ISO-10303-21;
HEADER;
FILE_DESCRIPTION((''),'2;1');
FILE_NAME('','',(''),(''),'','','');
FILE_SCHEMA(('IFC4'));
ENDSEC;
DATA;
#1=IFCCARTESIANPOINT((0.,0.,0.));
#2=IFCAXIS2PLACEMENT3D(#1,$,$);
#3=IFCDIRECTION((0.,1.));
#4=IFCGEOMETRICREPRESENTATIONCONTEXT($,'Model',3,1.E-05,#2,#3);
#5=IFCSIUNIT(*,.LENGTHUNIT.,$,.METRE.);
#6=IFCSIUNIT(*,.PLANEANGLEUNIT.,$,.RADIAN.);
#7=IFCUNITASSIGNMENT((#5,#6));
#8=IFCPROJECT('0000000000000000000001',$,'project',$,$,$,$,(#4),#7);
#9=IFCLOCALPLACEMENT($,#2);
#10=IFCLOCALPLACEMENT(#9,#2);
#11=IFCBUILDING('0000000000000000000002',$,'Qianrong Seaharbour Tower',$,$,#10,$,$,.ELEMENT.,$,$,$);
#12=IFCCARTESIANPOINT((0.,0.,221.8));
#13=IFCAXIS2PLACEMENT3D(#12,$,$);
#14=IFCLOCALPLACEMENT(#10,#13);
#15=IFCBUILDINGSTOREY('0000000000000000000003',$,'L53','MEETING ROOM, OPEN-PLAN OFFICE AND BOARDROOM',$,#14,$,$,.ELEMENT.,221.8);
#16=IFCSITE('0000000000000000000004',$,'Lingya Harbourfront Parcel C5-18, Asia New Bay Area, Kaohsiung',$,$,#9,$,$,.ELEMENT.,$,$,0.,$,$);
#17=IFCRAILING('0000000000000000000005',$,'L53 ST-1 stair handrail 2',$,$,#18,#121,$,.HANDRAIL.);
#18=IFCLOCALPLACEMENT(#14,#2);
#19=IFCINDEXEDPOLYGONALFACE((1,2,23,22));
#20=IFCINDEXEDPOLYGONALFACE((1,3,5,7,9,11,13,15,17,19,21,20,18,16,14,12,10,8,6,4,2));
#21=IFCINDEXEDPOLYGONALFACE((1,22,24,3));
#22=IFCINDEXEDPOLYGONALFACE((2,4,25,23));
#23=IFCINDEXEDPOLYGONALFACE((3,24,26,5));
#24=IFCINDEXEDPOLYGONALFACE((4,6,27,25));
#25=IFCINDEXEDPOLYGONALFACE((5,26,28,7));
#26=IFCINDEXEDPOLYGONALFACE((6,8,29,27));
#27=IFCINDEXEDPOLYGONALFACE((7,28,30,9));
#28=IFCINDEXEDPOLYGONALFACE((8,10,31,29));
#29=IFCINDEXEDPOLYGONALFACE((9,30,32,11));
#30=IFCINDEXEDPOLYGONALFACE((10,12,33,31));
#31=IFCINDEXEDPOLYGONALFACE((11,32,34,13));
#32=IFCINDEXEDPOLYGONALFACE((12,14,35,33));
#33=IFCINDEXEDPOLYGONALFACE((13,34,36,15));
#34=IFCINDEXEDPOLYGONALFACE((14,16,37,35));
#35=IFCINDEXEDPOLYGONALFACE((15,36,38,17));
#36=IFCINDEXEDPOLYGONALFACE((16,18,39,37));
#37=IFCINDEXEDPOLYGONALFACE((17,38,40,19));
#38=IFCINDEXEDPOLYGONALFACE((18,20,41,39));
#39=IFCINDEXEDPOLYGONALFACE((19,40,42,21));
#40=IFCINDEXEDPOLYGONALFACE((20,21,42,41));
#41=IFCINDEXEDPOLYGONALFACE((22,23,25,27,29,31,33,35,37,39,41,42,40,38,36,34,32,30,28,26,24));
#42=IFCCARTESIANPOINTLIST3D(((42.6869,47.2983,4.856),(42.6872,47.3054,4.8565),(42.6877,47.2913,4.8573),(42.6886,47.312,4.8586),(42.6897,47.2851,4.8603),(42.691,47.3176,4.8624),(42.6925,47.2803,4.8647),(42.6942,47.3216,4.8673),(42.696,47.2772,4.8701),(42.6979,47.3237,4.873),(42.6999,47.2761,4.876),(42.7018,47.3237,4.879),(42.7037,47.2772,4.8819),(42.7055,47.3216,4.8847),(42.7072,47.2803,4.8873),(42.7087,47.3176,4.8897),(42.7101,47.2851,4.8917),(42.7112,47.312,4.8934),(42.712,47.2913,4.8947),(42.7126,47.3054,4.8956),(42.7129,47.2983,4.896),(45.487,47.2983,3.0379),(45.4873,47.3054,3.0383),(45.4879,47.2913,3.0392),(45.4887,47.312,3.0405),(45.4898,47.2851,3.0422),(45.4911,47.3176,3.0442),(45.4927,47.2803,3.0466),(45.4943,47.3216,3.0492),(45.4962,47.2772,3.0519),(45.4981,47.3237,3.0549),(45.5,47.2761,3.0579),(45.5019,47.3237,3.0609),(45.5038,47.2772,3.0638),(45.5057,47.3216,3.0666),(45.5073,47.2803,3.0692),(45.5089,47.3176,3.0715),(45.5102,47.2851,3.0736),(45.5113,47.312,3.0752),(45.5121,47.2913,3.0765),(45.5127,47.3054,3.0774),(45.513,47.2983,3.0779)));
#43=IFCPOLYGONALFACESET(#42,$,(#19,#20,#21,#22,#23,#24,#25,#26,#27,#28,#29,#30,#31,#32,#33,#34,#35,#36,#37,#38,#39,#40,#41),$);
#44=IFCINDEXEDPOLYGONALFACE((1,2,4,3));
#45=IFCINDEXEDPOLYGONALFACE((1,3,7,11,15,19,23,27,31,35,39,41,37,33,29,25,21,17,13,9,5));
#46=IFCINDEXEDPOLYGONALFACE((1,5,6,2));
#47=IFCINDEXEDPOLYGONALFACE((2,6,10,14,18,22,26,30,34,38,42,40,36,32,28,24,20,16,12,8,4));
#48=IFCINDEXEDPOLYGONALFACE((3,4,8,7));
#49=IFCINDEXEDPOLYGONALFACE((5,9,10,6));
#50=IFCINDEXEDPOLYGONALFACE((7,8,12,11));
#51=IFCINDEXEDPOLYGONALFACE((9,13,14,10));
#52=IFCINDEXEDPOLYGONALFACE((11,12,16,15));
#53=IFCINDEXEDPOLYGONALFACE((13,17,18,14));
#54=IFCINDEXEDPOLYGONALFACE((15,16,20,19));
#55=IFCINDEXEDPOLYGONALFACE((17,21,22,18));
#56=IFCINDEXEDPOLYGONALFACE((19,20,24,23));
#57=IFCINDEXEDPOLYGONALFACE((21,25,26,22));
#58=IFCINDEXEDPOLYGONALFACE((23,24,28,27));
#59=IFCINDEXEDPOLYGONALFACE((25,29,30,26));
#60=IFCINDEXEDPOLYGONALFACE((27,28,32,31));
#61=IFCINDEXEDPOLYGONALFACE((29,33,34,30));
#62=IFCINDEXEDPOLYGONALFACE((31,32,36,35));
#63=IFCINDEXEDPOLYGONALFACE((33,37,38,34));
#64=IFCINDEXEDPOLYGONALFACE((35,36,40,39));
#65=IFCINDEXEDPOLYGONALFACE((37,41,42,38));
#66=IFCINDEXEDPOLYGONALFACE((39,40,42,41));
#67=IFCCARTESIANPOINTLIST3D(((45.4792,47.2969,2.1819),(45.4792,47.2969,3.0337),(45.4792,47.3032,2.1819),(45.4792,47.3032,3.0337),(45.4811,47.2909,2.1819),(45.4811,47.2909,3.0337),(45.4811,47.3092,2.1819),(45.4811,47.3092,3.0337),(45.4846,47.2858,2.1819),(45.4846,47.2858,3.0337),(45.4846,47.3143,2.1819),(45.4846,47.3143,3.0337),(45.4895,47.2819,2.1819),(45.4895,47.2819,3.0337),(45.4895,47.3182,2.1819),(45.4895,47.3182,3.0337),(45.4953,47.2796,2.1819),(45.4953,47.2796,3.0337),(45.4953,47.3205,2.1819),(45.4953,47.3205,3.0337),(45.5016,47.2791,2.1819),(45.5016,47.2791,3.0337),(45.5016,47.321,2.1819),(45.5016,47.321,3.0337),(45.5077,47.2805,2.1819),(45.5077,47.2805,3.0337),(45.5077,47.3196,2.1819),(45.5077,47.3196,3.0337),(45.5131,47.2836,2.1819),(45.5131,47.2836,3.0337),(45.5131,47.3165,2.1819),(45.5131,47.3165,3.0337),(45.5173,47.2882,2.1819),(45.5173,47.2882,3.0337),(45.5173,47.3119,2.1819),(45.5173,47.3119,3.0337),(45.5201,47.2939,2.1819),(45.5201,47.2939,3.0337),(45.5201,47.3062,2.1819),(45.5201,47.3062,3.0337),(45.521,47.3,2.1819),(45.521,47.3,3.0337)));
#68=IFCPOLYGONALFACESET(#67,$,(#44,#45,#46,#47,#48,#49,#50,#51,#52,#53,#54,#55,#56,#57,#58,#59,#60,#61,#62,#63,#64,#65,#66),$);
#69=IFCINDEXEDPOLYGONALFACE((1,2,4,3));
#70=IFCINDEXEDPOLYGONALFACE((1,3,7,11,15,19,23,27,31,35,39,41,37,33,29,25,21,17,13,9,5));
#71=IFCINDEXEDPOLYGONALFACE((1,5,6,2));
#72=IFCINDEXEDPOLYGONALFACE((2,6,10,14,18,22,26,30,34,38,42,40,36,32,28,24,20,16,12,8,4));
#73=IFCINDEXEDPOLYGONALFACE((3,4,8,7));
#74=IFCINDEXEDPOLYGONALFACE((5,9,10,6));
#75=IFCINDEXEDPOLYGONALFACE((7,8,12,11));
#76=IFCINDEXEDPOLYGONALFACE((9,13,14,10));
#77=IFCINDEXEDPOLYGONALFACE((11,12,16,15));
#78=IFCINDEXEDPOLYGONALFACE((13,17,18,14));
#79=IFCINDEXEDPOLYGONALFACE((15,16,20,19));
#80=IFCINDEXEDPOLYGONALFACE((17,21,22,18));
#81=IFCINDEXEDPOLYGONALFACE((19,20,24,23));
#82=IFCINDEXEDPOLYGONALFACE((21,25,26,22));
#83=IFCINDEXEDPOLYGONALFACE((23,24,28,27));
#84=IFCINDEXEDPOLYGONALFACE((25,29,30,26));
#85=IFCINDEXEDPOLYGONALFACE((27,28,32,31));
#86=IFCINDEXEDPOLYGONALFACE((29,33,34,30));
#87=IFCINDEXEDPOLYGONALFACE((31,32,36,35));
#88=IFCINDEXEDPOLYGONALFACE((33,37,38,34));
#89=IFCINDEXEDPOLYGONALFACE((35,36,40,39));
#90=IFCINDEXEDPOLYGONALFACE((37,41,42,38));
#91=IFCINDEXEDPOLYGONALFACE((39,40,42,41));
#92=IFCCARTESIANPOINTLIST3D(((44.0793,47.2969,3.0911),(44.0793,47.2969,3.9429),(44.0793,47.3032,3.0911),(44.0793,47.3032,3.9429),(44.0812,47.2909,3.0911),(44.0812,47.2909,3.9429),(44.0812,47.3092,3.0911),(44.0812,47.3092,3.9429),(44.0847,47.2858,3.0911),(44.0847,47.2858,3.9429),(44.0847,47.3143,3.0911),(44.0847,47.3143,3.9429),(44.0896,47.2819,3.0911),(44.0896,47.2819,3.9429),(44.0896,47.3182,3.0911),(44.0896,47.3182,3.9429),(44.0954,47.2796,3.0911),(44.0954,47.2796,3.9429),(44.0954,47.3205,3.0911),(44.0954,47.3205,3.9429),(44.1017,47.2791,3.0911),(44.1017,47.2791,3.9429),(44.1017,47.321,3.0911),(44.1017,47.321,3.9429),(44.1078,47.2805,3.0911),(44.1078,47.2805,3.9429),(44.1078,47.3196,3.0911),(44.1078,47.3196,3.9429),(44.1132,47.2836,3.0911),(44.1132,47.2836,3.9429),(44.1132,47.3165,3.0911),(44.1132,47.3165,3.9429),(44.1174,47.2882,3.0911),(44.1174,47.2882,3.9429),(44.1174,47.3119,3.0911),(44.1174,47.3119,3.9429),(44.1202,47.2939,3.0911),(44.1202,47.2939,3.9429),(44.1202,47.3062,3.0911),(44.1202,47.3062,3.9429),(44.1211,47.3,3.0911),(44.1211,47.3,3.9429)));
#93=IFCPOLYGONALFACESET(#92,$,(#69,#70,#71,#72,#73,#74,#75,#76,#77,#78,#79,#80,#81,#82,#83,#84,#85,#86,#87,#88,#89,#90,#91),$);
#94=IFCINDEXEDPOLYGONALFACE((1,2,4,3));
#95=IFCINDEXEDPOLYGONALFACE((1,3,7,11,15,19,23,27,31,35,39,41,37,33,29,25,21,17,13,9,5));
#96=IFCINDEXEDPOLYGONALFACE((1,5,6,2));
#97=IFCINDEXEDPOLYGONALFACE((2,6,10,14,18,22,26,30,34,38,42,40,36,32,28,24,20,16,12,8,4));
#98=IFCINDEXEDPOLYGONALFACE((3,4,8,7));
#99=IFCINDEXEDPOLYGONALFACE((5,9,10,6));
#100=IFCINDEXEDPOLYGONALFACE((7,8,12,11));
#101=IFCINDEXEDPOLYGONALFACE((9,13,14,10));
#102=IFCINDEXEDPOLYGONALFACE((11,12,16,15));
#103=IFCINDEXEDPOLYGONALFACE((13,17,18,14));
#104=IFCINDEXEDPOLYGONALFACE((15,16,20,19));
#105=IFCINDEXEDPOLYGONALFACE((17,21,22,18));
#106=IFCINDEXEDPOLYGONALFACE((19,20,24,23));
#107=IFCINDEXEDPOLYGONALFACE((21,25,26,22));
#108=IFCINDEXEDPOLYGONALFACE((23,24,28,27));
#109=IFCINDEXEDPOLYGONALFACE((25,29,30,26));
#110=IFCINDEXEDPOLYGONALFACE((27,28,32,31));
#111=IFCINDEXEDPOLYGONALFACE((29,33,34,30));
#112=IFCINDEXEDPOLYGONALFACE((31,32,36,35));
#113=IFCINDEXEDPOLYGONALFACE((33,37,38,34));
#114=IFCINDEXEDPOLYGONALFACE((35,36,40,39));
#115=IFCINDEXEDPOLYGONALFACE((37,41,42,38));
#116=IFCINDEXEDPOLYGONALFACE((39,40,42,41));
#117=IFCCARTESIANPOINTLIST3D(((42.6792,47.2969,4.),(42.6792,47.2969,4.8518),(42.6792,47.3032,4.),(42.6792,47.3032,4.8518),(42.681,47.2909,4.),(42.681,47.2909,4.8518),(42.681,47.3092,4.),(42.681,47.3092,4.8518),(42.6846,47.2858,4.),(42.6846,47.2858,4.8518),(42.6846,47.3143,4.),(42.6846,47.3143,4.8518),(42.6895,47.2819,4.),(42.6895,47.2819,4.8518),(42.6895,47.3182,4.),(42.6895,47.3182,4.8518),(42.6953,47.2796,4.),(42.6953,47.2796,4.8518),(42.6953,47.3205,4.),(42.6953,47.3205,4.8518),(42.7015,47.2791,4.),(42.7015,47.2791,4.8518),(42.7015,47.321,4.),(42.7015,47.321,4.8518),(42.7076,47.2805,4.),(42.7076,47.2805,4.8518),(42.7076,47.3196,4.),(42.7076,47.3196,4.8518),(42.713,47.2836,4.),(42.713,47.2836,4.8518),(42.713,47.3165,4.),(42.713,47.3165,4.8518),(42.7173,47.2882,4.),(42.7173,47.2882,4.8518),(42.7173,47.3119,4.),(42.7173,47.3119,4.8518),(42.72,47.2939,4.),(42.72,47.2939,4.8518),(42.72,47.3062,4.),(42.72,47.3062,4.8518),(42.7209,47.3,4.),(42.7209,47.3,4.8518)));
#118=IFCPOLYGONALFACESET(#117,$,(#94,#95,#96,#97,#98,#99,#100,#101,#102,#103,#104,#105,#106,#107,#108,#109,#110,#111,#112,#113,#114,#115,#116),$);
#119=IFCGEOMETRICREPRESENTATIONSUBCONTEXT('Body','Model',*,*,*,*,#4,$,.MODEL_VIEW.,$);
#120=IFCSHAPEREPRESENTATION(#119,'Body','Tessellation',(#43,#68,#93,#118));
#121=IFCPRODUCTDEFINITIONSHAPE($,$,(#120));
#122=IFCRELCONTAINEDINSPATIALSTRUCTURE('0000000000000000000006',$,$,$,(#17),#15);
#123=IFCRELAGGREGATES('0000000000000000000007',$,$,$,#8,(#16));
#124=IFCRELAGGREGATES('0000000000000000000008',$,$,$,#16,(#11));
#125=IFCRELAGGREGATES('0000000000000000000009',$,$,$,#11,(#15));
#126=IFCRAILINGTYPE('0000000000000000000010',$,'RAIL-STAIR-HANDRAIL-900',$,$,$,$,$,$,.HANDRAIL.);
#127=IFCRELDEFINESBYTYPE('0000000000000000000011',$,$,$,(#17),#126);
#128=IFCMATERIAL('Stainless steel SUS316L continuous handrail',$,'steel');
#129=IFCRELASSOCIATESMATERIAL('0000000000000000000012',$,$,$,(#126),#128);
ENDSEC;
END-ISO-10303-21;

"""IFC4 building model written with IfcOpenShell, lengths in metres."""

from ifc_helpers import new_model, si_unit, direction, frame, origin, origin_2d, place, context, subcontext, project, spatial, circle, extrude, material, type_object, element, save


model = new_model("IFC4")

# Units and contexts
model_context = context("Model", 3, precision=1e-05, world=origin(), true_north=direction((0.0, 1.0)))
body_context = subcontext(model_context, "Body", "Model", "MODEL_VIEW")
ifc_project = project(units=[si_unit("LENGTHUNIT", "METRE"), si_unit("PLANEANGLEUNIT", "RADIAN")], contexts=[model_context])

# Site, building, storey
site_placement = place(None, origin())
site = spatial("IfcSite", under=ifc_project, at=site_placement, Name="Lingya Harbourfront Parcel C5-18, Asia New Bay Area, Kaohsiung", CompositionType="ELEMENT", RefElevation=0.0)
building_placement = place(site_placement, origin())
building = spatial("IfcBuilding", under=site, at=building_placement, Name="Qianrong Seaharbour Tower", CompositionType="ELEMENT")
storey_placement = place(building_placement, frame((0.0, 0.0, 221.8)))
storey = spatial("IfcBuildingStorey", under=building, at=storey_placement, Name="L53", Description="MEETING ROOM, OPEN-PLAN OFFICE AND BOARDROOM", CompositionType="ELEMENT", Elevation=221.8)

# Railing
ifc_material_1 = material(Name="Stainless steel SUS316L continuous handrail", Category="steel")
railing_type_1 = type_object("IfcRailingType", Name="RAIL-STAIR-HANDRAIL-900", PredefinedType="HANDRAIL", material=ifc_material_1)
railing_1_placement = place(storey_placement, frame((45.5, 47.3, 2.1819)))
element("IfcRailing", 1, at=railing_1_placement, inside=storey, type_object=railing_type_1, Name="L53 ST-1 stair handrail 2", PredefinedType="HANDRAIL", context=body_context, shape_type="SweptSolid", body=[
    extrude(circle(Radius=0.0239, at=origin_2d()), frame((0.0, 0.0, 0.876), z_axis=(-0.838706, 0.0, 0.544585), x_axis=(0.0, -1.0, 0.0)), (0.0, 0.0, 1.0), 3.3386),
    extrude(circle(Radius=0.021, at=origin_2d()), origin(), (0.0, 0.0, 1.0), 0.8518),
    extrude(circle(Radius=0.021, at=origin_2d()), frame((-1.3999, 0.0, 0.9092)), (0.0, 0.0, 1.0), 0.8518),
    extrude(circle(Radius=0.021, at=origin_2d()), frame((-2.8, 0.0, 1.8181)), (0.0, 0.0, 1.0), 0.8518),
])

save(model, "model.ifc")
